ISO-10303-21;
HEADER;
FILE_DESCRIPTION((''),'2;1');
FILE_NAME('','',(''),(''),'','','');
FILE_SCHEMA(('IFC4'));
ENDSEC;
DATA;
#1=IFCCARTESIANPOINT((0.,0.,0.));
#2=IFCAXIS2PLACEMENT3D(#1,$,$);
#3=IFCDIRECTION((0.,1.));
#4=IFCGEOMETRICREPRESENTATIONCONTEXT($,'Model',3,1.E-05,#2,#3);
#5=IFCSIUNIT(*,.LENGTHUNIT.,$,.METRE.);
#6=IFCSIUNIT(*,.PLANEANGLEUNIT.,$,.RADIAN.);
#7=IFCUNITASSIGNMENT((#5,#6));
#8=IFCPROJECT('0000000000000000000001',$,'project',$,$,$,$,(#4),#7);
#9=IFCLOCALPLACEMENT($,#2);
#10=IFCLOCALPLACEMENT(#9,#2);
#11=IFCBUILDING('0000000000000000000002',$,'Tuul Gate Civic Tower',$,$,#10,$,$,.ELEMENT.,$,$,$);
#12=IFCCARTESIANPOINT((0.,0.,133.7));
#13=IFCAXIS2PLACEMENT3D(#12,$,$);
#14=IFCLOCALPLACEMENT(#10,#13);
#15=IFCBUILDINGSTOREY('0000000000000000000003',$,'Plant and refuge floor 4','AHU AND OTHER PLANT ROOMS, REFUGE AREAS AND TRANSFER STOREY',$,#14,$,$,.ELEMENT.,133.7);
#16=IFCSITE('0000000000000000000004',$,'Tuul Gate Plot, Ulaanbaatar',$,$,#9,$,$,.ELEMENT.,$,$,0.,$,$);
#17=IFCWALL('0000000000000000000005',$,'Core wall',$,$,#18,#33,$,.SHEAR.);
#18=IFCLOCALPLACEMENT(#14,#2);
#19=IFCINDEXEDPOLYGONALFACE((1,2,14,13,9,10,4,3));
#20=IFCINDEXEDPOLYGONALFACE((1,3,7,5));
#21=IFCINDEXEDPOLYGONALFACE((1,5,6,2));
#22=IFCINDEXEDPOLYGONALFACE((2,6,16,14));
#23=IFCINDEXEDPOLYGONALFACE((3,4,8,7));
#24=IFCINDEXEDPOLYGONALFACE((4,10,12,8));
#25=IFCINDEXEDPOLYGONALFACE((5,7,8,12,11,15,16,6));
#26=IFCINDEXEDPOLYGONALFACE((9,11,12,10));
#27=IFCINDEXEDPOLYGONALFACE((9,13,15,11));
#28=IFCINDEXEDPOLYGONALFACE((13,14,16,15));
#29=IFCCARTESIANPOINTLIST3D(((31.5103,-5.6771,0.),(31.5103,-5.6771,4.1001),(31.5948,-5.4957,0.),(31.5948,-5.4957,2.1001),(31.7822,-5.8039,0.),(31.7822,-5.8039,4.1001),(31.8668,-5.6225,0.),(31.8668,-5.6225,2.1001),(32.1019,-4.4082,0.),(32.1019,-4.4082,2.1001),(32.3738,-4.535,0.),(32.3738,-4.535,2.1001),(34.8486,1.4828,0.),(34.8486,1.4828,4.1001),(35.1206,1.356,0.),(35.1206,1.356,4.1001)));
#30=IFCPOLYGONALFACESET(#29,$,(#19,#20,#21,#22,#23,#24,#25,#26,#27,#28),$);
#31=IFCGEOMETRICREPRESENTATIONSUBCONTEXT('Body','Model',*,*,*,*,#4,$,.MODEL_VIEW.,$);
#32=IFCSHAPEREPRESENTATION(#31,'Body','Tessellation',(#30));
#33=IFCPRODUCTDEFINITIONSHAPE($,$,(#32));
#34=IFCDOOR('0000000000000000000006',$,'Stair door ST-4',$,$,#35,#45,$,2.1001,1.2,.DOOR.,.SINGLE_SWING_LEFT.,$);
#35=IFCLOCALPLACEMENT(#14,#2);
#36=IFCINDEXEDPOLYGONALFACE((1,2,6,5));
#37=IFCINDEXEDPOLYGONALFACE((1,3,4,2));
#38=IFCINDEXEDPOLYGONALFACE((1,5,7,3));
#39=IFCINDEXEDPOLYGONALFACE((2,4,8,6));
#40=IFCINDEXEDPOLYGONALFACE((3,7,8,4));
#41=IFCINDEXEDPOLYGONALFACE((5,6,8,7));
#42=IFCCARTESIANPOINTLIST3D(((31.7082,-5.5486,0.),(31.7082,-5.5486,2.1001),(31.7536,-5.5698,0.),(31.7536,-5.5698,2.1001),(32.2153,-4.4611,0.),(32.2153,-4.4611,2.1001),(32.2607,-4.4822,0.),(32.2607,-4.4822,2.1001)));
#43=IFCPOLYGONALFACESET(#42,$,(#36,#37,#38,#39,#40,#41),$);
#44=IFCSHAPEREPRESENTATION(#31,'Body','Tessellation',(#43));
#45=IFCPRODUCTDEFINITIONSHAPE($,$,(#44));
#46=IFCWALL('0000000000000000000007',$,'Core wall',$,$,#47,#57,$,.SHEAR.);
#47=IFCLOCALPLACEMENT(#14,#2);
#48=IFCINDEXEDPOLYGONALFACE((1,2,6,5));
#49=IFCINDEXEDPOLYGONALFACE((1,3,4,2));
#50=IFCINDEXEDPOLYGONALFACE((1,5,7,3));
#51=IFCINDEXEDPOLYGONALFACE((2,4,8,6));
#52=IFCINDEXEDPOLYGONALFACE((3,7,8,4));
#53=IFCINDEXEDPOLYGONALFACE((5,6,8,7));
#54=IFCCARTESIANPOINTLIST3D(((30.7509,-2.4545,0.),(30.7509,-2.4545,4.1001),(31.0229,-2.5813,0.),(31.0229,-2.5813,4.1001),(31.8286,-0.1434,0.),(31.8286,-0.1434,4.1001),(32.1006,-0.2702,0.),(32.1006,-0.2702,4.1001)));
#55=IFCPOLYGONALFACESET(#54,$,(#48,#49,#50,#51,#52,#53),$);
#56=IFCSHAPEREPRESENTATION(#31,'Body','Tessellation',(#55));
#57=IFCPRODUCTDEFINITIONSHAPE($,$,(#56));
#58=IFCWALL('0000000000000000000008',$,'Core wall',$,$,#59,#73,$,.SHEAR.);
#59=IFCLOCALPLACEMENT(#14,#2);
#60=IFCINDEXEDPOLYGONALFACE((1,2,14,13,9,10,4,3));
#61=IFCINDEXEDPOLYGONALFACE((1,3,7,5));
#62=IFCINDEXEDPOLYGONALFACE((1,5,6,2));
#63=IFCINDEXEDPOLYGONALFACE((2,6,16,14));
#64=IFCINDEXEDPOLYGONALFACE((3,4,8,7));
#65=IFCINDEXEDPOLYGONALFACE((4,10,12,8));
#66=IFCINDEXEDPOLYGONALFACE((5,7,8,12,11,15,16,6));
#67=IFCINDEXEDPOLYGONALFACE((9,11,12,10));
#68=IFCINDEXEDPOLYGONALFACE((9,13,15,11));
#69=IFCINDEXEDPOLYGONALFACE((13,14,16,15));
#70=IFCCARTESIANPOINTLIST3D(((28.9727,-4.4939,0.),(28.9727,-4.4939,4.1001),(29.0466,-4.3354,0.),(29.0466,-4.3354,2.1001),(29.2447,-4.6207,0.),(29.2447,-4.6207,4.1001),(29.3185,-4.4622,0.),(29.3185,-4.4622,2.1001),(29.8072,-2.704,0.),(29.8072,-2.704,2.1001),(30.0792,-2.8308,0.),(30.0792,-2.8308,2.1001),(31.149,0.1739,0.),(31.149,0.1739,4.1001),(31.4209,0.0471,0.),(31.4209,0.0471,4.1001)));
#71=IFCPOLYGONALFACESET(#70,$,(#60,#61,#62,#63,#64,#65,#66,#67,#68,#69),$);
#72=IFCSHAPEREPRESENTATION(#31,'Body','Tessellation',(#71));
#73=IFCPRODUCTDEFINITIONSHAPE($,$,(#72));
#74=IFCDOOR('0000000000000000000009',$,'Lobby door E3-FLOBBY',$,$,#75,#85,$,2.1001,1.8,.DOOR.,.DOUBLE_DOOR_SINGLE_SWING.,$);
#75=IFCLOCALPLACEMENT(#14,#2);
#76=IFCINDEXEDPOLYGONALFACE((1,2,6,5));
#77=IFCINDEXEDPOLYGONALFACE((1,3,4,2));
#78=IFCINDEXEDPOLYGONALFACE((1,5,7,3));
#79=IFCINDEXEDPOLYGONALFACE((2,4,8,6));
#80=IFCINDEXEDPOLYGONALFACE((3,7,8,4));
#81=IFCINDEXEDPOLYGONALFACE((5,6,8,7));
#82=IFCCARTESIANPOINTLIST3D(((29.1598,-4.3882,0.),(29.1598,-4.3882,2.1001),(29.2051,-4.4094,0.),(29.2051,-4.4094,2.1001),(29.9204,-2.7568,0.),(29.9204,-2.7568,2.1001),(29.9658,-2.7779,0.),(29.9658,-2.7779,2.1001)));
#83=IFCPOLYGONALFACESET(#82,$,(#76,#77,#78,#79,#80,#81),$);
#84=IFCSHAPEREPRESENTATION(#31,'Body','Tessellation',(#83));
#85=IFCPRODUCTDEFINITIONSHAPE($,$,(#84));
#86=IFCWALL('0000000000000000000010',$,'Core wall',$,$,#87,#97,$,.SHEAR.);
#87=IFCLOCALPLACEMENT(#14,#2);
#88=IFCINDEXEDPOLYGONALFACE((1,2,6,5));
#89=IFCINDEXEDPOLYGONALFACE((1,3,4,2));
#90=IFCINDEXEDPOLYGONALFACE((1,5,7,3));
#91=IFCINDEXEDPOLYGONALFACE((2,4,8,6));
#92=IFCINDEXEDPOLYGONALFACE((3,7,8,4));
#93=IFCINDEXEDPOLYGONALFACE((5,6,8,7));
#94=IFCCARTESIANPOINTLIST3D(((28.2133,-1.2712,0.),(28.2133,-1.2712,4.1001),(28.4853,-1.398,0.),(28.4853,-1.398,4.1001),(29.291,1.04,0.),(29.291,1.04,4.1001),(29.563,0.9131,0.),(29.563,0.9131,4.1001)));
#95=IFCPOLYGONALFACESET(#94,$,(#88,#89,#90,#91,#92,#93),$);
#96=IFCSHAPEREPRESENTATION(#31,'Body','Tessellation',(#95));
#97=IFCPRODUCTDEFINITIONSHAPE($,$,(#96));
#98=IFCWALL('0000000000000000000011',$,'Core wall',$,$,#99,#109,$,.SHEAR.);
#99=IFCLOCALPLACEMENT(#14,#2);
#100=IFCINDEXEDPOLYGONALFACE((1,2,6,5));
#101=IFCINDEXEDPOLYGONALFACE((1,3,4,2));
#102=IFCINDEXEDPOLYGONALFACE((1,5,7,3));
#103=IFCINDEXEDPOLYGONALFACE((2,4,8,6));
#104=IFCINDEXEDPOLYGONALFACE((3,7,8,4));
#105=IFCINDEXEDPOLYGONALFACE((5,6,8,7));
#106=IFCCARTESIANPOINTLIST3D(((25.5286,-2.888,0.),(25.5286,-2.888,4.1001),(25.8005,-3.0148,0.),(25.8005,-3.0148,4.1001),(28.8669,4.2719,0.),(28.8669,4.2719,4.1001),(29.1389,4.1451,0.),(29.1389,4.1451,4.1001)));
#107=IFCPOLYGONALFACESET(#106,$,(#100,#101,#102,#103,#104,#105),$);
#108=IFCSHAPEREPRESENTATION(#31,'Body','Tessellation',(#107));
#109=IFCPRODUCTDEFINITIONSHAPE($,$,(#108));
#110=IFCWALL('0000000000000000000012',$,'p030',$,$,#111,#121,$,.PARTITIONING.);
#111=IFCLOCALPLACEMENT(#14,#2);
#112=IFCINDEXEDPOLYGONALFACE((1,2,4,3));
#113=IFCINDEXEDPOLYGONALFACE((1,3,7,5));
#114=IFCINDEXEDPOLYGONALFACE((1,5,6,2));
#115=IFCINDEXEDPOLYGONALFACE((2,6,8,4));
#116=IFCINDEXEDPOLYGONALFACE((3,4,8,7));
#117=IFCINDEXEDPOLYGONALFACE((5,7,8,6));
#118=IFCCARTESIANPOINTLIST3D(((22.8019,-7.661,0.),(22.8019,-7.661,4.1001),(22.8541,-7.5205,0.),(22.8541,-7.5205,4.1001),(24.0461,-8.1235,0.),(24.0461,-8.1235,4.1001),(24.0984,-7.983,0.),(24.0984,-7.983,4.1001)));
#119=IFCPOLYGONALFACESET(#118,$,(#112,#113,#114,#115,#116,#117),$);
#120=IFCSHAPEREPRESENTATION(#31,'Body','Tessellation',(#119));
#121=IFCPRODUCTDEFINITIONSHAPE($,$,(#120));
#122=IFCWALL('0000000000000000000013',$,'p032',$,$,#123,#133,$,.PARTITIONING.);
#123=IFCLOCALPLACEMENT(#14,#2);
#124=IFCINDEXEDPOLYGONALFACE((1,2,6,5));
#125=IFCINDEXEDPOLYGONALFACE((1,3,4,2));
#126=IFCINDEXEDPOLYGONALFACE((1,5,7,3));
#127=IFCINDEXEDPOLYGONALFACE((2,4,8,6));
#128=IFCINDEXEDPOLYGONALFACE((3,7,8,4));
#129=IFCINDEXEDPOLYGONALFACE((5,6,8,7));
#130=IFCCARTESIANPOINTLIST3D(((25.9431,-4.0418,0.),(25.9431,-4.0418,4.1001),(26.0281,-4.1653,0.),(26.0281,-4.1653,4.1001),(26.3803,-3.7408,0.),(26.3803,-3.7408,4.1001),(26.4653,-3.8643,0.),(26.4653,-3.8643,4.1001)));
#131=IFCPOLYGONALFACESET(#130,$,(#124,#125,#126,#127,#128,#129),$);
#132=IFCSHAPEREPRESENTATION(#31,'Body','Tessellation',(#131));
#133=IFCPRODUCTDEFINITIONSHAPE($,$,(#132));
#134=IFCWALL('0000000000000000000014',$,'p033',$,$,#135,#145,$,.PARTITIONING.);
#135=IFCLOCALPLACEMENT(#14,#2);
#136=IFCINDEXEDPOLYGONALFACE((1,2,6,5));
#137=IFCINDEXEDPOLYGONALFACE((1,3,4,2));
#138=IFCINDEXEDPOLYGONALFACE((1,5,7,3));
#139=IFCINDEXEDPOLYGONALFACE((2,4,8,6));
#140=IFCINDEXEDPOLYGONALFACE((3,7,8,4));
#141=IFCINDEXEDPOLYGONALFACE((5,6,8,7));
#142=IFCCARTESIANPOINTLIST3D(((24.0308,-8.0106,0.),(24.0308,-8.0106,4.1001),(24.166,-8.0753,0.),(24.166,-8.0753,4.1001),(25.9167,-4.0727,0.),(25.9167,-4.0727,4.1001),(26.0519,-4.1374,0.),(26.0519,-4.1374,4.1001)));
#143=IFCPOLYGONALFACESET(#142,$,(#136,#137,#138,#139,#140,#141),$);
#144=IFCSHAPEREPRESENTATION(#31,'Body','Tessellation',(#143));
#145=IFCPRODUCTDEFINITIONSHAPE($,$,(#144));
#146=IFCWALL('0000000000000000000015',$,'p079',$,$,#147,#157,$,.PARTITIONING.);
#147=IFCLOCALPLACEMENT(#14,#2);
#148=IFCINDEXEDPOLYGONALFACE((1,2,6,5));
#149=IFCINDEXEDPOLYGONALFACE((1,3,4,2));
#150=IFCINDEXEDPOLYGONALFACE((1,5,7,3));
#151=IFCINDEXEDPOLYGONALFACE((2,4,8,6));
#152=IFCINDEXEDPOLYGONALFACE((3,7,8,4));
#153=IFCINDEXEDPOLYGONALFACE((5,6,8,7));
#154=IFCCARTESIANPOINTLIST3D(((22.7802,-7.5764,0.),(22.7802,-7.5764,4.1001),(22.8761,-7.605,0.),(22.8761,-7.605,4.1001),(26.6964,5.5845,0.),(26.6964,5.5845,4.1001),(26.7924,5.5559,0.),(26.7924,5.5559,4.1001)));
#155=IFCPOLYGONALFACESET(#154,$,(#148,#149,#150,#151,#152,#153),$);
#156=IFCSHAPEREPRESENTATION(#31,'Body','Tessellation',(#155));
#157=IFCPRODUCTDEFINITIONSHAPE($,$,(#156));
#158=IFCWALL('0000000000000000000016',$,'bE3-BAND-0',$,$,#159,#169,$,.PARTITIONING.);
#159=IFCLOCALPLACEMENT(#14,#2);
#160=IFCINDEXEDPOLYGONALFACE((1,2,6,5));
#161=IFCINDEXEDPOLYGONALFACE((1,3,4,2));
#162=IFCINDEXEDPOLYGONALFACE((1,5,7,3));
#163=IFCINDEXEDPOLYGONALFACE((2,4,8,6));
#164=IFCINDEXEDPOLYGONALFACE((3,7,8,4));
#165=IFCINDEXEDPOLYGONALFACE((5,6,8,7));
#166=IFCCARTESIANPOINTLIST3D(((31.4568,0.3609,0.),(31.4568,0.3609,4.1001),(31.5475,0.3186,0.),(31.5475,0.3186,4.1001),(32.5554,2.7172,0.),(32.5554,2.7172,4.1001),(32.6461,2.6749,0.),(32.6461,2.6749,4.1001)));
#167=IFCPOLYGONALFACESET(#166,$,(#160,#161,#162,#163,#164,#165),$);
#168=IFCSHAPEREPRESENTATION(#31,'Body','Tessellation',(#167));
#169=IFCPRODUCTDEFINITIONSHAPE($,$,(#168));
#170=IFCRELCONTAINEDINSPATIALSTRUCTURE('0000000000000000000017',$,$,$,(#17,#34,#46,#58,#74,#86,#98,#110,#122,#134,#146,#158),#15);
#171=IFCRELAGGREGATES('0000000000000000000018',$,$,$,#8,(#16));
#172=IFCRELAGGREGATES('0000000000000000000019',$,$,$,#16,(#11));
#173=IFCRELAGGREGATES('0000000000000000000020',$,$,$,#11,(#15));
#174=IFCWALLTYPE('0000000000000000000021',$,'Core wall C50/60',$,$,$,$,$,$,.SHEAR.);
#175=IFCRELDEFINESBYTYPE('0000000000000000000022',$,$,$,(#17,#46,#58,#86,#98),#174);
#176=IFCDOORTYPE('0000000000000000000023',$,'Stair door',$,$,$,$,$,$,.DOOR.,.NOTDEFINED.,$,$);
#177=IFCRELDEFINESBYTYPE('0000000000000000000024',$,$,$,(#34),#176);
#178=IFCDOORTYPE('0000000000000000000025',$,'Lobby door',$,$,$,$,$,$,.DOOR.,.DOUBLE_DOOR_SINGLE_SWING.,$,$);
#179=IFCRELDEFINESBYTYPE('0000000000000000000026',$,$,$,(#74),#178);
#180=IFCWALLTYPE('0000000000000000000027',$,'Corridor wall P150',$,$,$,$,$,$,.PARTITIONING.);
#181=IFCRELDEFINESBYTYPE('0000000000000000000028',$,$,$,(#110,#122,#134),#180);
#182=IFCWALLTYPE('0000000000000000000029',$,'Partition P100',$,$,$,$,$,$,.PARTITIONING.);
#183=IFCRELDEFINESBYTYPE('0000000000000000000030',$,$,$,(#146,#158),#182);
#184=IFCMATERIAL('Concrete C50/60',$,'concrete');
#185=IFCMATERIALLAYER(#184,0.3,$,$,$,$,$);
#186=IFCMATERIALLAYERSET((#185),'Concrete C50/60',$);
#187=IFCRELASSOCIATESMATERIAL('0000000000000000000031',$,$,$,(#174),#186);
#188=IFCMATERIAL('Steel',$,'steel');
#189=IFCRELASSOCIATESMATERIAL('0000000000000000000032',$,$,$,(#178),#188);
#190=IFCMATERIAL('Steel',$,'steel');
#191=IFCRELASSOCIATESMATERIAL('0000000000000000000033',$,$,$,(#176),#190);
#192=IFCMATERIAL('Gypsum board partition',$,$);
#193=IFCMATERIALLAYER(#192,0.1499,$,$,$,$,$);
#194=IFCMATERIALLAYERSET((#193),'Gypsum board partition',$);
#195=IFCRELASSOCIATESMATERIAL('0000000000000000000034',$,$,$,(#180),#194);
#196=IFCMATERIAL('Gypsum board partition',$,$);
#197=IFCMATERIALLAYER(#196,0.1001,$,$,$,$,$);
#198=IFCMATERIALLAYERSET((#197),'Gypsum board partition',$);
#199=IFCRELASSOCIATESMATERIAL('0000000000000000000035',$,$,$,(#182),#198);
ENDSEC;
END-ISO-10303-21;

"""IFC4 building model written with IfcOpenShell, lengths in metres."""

from ifc_helpers import new_model, si_unit, direction, frame, frame_2d, origin, place, context, subcontext, project, spatial, rectangle, extrude, material, layer, layer_set, type_object, element, fill, save


model = new_model("IFC4")

# Units and contexts
model_context = context("Model", 3, precision=1e-05, world=origin(), true_north=direction((0.0, 1.0)))
body_context = subcontext(model_context, "Body", "Model", "MODEL_VIEW")
ifc_project = project(units=[si_unit("LENGTHUNIT", "METRE"), si_unit("PLANEANGLEUNIT", "RADIAN")], contexts=[model_context])

# Site, building, storey
site_placement = place(None, origin())
site = spatial("IfcSite", under=ifc_project, at=site_placement, Name="Tuul Gate Plot, Ulaanbaatar", CompositionType="ELEMENT", RefElevation=0.0)
building_placement = place(site_placement, origin())
building = spatial("IfcBuilding", under=site, at=building_placement, Name="Tuul Gate Civic Tower", CompositionType="ELEMENT")
storey_placement = place(building_placement, frame((0.0, 0.0, 133.7)))
storey = spatial("IfcBuildingStorey", under=building, at=storey_placement, Name="Plant and refuge floor 4", Description="AHU AND OTHER PLANT ROOMS, REFUGE AREAS AND TRANSFER STOREY", CompositionType="ELEMENT", Elevation=133.7)

# Shared definitions
ifc_material_1 = material(Name="Concrete C50/60", Category="concrete")
ifc_layer_1 = layer(ifc_material_1, 0.3)
ifc_layer_set_1 = layer_set([ifc_layer_1], Name="Concrete C50/60")
wall_type_1 = type_object("IfcWallType", Name="Core wall C50/60", PredefinedType="SHEAR", material=ifc_layer_set_1)
ifc_material_2 = material(Name="Steel", Category="steel")
door_type_1 = type_object("IfcDoorType", Name="Lobby door", OperationType="DOUBLE_DOOR_SINGLE_SWING", PredefinedType="DOOR", material=ifc_material_2)

# Wall, opening, door
wall_1_placement = place(storey_placement, frame((31.6462, -5.7405, 0.0), z_axis=(0.0, 0.0, 1.0), x_axis=(0.422583, 0.906324, 0.0)))
wall_1 = element("IfcWall", 1, at=wall_1_placement, inside=storey, type_object=wall_type_1, Name="Core wall", PredefinedType="SHEAR", context=body_context, shape_type="SweptSolid", body=[
    extrude(rectangle(XDim=7.8999, YDim=0.3, at=frame_2d((3.95, 0.0))), origin(), (0.0, 0.0, 1.0), 4.1001),
])
opening_1_placement = place(wall_1_placement, frame((0.2, 0.0, 0.0)))
opening_1 = element("IfcOpeningElement", 2, at=opening_1_placement, cuts=wall_1, PredefinedType="OPENING", context=body_context, shape_type="SweptSolid", body=[
    extrude(rectangle(XDim=1.2, YDim=2.1001, at=frame_2d((0.6001, 1.05))), frame((0.0, 0.1602, 0.0), z_axis=(0.0, -1.0, 0.0), x_axis=(1.0, 0.0, 0.0)), (0.0, 0.0, 1.0), 0.3201),
])
ifc_material_3 = material(Name="Steel", Category="steel")
door_type_2 = type_object("IfcDoorType", Name="Stair door", OperationType="NOTDEFINED", PredefinedType="DOOR", material=ifc_material_3)
door_1_placement = place(opening_1_placement, origin())
door_1 = element("IfcDoor", 3, at=door_1_placement, inside=storey, type_object=door_type_2, Name="Stair door ST-4", OperationType="SINGLE_SWING_LEFT", OverallHeight=2.1001, OverallWidth=1.2, PredefinedType="DOOR", context=body_context, shape_type="SweptSolid", body=[
    extrude(rectangle(XDim=1.2, YDim=2.1001, at=frame_2d((0.6001, 1.05))), frame((0.0, 0.0249, 0.0), z_axis=(0.0, -1.0, 0.0), x_axis=(1.0, 0.0, 0.0)), (0.0, 0.0, 1.0), 0.05),
])
fill(opening_1, door_1)

# Wall
wall_2_placement = place(storey_placement, frame((30.887, -2.5178, 0.0), z_axis=(0.0, 0.0, 1.0), x_axis=(0.422613, 0.90631, 0.0)))
element("IfcWall", 4, at=wall_2_placement, inside=storey, type_object=wall_type_1, Name="Core wall", PredefinedType="SHEAR", context=body_context, shape_type="SweptSolid", body=[
    extrude(rectangle(XDim=2.55, YDim=0.3, at=frame_2d((1.2749, 0.0))), origin(), (0.0, 0.0, 1.0), 4.1001),
])

# Wall, opening, door
wall_3_placement = place(storey_placement, frame((29.1086, -4.5574, 0.0), z_axis=(0.0, 0.0, 1.0), x_axis=(0.422566, 0.906332, 0.0)))
wall_3 = element("IfcWall", 5, at=wall_3_placement, inside=storey, type_object=wall_type_1, Name="Core wall", PredefinedType="SHEAR", context=body_context, shape_type="SweptSolid", body=[
    extrude(rectangle(XDim=5.1501, YDim=0.3, at=frame_2d((2.5752, 0.0))), origin(), (0.0, 0.0, 1.0), 4.1001),
])
opening_2_placement = place(wall_3_placement, frame((0.175, 0.0, 0.0)))
opening_2 = element("IfcOpeningElement", 6, at=opening_2_placement, cuts=wall_3, PredefinedType="OPENING", context=body_context, shape_type="SweptSolid", body=[
    extrude(rectangle(XDim=1.8, YDim=2.1001, at=frame_2d((0.8999, 1.05))), frame((0.0, 0.1602, 0.0), z_axis=(0.0, -1.0, 0.0), x_axis=(1.0, 0.0, 0.0)), (0.0, 0.0, 1.0), 0.3201),
])
door_2_placement = place(opening_2_placement, frame((1.8, 0.0, 0.0), z_axis=(0.0, 0.0, 1.0), x_axis=(-1.0, 0.0, 0.0)))
door_2 = element("IfcDoor", 7, at=door_2_placement, inside=storey, type_object=door_type_1, Name="Lobby door E3-FLOBBY", OperationType="DOUBLE_DOOR_SINGLE_SWING", OverallHeight=2.1001, OverallWidth=1.8, PredefinedType="DOOR", context=body_context, shape_type="SweptSolid", body=[
    extrude(rectangle(XDim=1.8, YDim=2.1001, at=frame_2d((0.9001, 1.05))), frame((0.0, 0.0249, 0.0), z_axis=(0.0, -1.0, 0.0), x_axis=(1.0, 0.0, 0.0)), (0.0, 0.0, 1.0), 0.05),
])
fill(opening_2, door_2)

# Walls
wall_4_placement = place(storey_placement, frame((28.3494, -1.3345, 0.0), z_axis=(0.0, 0.0, 1.0), x_axis=(0.422613, 0.90631, 0.0)))
element("IfcWall", 8, at=wall_4_placement, inside=storey, type_object=wall_type_1, Name="Core wall", PredefinedType="SHEAR", context=body_context, shape_type="SweptSolid", body=[
    extrude(rectangle(XDim=2.55, YDim=0.3, at=frame_2d((1.2749, 0.0))), origin(), (0.0, 0.0, 1.0), 4.1001),
])
wall_5_placement = place(storey_placement, frame((25.6646, -2.9514, 0.0), z_axis=(0.0, 0.0, 1.0), x_axis=(0.422583, 0.906324, 0.0)))
element("IfcWall", 9, at=wall_5_placement, inside=storey, type_object=wall_type_1, Name="Core wall", PredefinedType="SHEAR", context=body_context, shape_type="SweptSolid", body=[
    extrude(rectangle(XDim=7.8999, YDim=0.3, at=frame_2d((3.95, 0.0))), origin(), (0.0, 0.0, 1.0), 4.1001),
])
ifc_material_4 = material(Name="Gypsum board partition")
ifc_layer_2 = layer(ifc_material_4, 0.1499)
ifc_layer_set_2 = layer_set([ifc_layer_2], Name="Gypsum board partition")
wall_type_2 = type_object("IfcWallType", Name="Corridor wall P150", PredefinedType="PARTITIONING", material=ifc_layer_set_2)
wall_6_placement = place(storey_placement, frame((22.8281, -7.5908, 0.0), z_axis=(0.0, 0.0, 1.0), x_axis=(0.937353, -0.34838, 0.0)))
element("IfcWall", 10, at=wall_6_placement, inside=storey, type_object=wall_type_2, Name="p030", PredefinedType="PARTITIONING", context=body_context, shape_type="SweptSolid", body=[
    extrude(rectangle(XDim=1.3274, YDim=0.1499, at=frame_2d((0.6636, 0.0))), origin(), (0.0, 0.0, 1.0), 4.1001),
])
wall_7_placement = place(storey_placement, frame((25.9856, -4.1035, 0.0), z_axis=(0.0, 0.0, 1.0), x_axis=(0.823679, 0.567056, 0.0)))
element("IfcWall", 11, at=wall_7_placement, inside=storey, type_object=wall_type_2, Name="p032", PredefinedType="PARTITIONING", context=body_context, shape_type="SweptSolid", body=[
    extrude(rectangle(XDim=0.5308, YDim=0.1499, at=frame_2d((0.2654, 0.0))), origin(), (0.0, 0.0, 1.0), 4.1001),
])
wall_8_placement = place(storey_placement, frame((24.0984, -8.043, 0.0), z_axis=(0.0, 0.0, 1.0), x_axis=(0.43194, 0.901902, 0.0)))
element("IfcWall", 12, at=wall_8_placement, inside=storey, type_object=wall_type_2, Name="p033", PredefinedType="PARTITIONING", context=body_context, shape_type="SweptSolid", body=[
    extrude(rectangle(XDim=4.3662, YDim=0.1499, at=frame_2d((2.1831, 0.0))), origin(), (0.0, 0.0, 1.0), 4.1001),
])
ifc_material_5 = material(Name="Gypsum board partition")
ifc_layer_3 = layer(ifc_material_5, 0.1001)
ifc_layer_set_3 = layer_set([ifc_layer_3], Name="Gypsum board partition")
wall_type_3 = type_object("IfcWallType", Name="Partition P100", PredefinedType="PARTITIONING", material=ifc_layer_set_3)
wall_9_placement = place(storey_placement, frame((22.8281, -7.5908, 0.0), z_axis=(0.0, 0.0, 1.0), x_axis=(0.285209, 0.958465, 0.0)))
element("IfcWall", 13, at=wall_9_placement, inside=storey, type_object=wall_type_3, Name="p079", PredefinedType="PARTITIONING", context=body_context, shape_type="SweptSolid", body=[
    extrude(rectangle(XDim=13.7312, YDim=0.1001, at=frame_2d((6.8657, 0.0))), origin(), (0.0, 0.0, 1.0), 4.1001),
])
wall_10_placement = place(storey_placement, frame((31.5022, 0.3398, 0.0), z_axis=(0.0, 0.0, 1.0), x_axis=(0.422556, 0.906337, 0.0)))
element("IfcWall", 14, at=wall_10_placement, inside=storey, type_object=wall_type_3, Name="bE3-BAND-0", PredefinedType="PARTITIONING", context=body_context, shape_type="SweptSolid", body=[
    extrude(rectangle(XDim=2.5999, YDim=0.1001, at=frame_2d((1.2998, 0.0))), origin(), (0.0, 0.0, 1.0), 4.1001),
])

save(model, "model.ifc")
